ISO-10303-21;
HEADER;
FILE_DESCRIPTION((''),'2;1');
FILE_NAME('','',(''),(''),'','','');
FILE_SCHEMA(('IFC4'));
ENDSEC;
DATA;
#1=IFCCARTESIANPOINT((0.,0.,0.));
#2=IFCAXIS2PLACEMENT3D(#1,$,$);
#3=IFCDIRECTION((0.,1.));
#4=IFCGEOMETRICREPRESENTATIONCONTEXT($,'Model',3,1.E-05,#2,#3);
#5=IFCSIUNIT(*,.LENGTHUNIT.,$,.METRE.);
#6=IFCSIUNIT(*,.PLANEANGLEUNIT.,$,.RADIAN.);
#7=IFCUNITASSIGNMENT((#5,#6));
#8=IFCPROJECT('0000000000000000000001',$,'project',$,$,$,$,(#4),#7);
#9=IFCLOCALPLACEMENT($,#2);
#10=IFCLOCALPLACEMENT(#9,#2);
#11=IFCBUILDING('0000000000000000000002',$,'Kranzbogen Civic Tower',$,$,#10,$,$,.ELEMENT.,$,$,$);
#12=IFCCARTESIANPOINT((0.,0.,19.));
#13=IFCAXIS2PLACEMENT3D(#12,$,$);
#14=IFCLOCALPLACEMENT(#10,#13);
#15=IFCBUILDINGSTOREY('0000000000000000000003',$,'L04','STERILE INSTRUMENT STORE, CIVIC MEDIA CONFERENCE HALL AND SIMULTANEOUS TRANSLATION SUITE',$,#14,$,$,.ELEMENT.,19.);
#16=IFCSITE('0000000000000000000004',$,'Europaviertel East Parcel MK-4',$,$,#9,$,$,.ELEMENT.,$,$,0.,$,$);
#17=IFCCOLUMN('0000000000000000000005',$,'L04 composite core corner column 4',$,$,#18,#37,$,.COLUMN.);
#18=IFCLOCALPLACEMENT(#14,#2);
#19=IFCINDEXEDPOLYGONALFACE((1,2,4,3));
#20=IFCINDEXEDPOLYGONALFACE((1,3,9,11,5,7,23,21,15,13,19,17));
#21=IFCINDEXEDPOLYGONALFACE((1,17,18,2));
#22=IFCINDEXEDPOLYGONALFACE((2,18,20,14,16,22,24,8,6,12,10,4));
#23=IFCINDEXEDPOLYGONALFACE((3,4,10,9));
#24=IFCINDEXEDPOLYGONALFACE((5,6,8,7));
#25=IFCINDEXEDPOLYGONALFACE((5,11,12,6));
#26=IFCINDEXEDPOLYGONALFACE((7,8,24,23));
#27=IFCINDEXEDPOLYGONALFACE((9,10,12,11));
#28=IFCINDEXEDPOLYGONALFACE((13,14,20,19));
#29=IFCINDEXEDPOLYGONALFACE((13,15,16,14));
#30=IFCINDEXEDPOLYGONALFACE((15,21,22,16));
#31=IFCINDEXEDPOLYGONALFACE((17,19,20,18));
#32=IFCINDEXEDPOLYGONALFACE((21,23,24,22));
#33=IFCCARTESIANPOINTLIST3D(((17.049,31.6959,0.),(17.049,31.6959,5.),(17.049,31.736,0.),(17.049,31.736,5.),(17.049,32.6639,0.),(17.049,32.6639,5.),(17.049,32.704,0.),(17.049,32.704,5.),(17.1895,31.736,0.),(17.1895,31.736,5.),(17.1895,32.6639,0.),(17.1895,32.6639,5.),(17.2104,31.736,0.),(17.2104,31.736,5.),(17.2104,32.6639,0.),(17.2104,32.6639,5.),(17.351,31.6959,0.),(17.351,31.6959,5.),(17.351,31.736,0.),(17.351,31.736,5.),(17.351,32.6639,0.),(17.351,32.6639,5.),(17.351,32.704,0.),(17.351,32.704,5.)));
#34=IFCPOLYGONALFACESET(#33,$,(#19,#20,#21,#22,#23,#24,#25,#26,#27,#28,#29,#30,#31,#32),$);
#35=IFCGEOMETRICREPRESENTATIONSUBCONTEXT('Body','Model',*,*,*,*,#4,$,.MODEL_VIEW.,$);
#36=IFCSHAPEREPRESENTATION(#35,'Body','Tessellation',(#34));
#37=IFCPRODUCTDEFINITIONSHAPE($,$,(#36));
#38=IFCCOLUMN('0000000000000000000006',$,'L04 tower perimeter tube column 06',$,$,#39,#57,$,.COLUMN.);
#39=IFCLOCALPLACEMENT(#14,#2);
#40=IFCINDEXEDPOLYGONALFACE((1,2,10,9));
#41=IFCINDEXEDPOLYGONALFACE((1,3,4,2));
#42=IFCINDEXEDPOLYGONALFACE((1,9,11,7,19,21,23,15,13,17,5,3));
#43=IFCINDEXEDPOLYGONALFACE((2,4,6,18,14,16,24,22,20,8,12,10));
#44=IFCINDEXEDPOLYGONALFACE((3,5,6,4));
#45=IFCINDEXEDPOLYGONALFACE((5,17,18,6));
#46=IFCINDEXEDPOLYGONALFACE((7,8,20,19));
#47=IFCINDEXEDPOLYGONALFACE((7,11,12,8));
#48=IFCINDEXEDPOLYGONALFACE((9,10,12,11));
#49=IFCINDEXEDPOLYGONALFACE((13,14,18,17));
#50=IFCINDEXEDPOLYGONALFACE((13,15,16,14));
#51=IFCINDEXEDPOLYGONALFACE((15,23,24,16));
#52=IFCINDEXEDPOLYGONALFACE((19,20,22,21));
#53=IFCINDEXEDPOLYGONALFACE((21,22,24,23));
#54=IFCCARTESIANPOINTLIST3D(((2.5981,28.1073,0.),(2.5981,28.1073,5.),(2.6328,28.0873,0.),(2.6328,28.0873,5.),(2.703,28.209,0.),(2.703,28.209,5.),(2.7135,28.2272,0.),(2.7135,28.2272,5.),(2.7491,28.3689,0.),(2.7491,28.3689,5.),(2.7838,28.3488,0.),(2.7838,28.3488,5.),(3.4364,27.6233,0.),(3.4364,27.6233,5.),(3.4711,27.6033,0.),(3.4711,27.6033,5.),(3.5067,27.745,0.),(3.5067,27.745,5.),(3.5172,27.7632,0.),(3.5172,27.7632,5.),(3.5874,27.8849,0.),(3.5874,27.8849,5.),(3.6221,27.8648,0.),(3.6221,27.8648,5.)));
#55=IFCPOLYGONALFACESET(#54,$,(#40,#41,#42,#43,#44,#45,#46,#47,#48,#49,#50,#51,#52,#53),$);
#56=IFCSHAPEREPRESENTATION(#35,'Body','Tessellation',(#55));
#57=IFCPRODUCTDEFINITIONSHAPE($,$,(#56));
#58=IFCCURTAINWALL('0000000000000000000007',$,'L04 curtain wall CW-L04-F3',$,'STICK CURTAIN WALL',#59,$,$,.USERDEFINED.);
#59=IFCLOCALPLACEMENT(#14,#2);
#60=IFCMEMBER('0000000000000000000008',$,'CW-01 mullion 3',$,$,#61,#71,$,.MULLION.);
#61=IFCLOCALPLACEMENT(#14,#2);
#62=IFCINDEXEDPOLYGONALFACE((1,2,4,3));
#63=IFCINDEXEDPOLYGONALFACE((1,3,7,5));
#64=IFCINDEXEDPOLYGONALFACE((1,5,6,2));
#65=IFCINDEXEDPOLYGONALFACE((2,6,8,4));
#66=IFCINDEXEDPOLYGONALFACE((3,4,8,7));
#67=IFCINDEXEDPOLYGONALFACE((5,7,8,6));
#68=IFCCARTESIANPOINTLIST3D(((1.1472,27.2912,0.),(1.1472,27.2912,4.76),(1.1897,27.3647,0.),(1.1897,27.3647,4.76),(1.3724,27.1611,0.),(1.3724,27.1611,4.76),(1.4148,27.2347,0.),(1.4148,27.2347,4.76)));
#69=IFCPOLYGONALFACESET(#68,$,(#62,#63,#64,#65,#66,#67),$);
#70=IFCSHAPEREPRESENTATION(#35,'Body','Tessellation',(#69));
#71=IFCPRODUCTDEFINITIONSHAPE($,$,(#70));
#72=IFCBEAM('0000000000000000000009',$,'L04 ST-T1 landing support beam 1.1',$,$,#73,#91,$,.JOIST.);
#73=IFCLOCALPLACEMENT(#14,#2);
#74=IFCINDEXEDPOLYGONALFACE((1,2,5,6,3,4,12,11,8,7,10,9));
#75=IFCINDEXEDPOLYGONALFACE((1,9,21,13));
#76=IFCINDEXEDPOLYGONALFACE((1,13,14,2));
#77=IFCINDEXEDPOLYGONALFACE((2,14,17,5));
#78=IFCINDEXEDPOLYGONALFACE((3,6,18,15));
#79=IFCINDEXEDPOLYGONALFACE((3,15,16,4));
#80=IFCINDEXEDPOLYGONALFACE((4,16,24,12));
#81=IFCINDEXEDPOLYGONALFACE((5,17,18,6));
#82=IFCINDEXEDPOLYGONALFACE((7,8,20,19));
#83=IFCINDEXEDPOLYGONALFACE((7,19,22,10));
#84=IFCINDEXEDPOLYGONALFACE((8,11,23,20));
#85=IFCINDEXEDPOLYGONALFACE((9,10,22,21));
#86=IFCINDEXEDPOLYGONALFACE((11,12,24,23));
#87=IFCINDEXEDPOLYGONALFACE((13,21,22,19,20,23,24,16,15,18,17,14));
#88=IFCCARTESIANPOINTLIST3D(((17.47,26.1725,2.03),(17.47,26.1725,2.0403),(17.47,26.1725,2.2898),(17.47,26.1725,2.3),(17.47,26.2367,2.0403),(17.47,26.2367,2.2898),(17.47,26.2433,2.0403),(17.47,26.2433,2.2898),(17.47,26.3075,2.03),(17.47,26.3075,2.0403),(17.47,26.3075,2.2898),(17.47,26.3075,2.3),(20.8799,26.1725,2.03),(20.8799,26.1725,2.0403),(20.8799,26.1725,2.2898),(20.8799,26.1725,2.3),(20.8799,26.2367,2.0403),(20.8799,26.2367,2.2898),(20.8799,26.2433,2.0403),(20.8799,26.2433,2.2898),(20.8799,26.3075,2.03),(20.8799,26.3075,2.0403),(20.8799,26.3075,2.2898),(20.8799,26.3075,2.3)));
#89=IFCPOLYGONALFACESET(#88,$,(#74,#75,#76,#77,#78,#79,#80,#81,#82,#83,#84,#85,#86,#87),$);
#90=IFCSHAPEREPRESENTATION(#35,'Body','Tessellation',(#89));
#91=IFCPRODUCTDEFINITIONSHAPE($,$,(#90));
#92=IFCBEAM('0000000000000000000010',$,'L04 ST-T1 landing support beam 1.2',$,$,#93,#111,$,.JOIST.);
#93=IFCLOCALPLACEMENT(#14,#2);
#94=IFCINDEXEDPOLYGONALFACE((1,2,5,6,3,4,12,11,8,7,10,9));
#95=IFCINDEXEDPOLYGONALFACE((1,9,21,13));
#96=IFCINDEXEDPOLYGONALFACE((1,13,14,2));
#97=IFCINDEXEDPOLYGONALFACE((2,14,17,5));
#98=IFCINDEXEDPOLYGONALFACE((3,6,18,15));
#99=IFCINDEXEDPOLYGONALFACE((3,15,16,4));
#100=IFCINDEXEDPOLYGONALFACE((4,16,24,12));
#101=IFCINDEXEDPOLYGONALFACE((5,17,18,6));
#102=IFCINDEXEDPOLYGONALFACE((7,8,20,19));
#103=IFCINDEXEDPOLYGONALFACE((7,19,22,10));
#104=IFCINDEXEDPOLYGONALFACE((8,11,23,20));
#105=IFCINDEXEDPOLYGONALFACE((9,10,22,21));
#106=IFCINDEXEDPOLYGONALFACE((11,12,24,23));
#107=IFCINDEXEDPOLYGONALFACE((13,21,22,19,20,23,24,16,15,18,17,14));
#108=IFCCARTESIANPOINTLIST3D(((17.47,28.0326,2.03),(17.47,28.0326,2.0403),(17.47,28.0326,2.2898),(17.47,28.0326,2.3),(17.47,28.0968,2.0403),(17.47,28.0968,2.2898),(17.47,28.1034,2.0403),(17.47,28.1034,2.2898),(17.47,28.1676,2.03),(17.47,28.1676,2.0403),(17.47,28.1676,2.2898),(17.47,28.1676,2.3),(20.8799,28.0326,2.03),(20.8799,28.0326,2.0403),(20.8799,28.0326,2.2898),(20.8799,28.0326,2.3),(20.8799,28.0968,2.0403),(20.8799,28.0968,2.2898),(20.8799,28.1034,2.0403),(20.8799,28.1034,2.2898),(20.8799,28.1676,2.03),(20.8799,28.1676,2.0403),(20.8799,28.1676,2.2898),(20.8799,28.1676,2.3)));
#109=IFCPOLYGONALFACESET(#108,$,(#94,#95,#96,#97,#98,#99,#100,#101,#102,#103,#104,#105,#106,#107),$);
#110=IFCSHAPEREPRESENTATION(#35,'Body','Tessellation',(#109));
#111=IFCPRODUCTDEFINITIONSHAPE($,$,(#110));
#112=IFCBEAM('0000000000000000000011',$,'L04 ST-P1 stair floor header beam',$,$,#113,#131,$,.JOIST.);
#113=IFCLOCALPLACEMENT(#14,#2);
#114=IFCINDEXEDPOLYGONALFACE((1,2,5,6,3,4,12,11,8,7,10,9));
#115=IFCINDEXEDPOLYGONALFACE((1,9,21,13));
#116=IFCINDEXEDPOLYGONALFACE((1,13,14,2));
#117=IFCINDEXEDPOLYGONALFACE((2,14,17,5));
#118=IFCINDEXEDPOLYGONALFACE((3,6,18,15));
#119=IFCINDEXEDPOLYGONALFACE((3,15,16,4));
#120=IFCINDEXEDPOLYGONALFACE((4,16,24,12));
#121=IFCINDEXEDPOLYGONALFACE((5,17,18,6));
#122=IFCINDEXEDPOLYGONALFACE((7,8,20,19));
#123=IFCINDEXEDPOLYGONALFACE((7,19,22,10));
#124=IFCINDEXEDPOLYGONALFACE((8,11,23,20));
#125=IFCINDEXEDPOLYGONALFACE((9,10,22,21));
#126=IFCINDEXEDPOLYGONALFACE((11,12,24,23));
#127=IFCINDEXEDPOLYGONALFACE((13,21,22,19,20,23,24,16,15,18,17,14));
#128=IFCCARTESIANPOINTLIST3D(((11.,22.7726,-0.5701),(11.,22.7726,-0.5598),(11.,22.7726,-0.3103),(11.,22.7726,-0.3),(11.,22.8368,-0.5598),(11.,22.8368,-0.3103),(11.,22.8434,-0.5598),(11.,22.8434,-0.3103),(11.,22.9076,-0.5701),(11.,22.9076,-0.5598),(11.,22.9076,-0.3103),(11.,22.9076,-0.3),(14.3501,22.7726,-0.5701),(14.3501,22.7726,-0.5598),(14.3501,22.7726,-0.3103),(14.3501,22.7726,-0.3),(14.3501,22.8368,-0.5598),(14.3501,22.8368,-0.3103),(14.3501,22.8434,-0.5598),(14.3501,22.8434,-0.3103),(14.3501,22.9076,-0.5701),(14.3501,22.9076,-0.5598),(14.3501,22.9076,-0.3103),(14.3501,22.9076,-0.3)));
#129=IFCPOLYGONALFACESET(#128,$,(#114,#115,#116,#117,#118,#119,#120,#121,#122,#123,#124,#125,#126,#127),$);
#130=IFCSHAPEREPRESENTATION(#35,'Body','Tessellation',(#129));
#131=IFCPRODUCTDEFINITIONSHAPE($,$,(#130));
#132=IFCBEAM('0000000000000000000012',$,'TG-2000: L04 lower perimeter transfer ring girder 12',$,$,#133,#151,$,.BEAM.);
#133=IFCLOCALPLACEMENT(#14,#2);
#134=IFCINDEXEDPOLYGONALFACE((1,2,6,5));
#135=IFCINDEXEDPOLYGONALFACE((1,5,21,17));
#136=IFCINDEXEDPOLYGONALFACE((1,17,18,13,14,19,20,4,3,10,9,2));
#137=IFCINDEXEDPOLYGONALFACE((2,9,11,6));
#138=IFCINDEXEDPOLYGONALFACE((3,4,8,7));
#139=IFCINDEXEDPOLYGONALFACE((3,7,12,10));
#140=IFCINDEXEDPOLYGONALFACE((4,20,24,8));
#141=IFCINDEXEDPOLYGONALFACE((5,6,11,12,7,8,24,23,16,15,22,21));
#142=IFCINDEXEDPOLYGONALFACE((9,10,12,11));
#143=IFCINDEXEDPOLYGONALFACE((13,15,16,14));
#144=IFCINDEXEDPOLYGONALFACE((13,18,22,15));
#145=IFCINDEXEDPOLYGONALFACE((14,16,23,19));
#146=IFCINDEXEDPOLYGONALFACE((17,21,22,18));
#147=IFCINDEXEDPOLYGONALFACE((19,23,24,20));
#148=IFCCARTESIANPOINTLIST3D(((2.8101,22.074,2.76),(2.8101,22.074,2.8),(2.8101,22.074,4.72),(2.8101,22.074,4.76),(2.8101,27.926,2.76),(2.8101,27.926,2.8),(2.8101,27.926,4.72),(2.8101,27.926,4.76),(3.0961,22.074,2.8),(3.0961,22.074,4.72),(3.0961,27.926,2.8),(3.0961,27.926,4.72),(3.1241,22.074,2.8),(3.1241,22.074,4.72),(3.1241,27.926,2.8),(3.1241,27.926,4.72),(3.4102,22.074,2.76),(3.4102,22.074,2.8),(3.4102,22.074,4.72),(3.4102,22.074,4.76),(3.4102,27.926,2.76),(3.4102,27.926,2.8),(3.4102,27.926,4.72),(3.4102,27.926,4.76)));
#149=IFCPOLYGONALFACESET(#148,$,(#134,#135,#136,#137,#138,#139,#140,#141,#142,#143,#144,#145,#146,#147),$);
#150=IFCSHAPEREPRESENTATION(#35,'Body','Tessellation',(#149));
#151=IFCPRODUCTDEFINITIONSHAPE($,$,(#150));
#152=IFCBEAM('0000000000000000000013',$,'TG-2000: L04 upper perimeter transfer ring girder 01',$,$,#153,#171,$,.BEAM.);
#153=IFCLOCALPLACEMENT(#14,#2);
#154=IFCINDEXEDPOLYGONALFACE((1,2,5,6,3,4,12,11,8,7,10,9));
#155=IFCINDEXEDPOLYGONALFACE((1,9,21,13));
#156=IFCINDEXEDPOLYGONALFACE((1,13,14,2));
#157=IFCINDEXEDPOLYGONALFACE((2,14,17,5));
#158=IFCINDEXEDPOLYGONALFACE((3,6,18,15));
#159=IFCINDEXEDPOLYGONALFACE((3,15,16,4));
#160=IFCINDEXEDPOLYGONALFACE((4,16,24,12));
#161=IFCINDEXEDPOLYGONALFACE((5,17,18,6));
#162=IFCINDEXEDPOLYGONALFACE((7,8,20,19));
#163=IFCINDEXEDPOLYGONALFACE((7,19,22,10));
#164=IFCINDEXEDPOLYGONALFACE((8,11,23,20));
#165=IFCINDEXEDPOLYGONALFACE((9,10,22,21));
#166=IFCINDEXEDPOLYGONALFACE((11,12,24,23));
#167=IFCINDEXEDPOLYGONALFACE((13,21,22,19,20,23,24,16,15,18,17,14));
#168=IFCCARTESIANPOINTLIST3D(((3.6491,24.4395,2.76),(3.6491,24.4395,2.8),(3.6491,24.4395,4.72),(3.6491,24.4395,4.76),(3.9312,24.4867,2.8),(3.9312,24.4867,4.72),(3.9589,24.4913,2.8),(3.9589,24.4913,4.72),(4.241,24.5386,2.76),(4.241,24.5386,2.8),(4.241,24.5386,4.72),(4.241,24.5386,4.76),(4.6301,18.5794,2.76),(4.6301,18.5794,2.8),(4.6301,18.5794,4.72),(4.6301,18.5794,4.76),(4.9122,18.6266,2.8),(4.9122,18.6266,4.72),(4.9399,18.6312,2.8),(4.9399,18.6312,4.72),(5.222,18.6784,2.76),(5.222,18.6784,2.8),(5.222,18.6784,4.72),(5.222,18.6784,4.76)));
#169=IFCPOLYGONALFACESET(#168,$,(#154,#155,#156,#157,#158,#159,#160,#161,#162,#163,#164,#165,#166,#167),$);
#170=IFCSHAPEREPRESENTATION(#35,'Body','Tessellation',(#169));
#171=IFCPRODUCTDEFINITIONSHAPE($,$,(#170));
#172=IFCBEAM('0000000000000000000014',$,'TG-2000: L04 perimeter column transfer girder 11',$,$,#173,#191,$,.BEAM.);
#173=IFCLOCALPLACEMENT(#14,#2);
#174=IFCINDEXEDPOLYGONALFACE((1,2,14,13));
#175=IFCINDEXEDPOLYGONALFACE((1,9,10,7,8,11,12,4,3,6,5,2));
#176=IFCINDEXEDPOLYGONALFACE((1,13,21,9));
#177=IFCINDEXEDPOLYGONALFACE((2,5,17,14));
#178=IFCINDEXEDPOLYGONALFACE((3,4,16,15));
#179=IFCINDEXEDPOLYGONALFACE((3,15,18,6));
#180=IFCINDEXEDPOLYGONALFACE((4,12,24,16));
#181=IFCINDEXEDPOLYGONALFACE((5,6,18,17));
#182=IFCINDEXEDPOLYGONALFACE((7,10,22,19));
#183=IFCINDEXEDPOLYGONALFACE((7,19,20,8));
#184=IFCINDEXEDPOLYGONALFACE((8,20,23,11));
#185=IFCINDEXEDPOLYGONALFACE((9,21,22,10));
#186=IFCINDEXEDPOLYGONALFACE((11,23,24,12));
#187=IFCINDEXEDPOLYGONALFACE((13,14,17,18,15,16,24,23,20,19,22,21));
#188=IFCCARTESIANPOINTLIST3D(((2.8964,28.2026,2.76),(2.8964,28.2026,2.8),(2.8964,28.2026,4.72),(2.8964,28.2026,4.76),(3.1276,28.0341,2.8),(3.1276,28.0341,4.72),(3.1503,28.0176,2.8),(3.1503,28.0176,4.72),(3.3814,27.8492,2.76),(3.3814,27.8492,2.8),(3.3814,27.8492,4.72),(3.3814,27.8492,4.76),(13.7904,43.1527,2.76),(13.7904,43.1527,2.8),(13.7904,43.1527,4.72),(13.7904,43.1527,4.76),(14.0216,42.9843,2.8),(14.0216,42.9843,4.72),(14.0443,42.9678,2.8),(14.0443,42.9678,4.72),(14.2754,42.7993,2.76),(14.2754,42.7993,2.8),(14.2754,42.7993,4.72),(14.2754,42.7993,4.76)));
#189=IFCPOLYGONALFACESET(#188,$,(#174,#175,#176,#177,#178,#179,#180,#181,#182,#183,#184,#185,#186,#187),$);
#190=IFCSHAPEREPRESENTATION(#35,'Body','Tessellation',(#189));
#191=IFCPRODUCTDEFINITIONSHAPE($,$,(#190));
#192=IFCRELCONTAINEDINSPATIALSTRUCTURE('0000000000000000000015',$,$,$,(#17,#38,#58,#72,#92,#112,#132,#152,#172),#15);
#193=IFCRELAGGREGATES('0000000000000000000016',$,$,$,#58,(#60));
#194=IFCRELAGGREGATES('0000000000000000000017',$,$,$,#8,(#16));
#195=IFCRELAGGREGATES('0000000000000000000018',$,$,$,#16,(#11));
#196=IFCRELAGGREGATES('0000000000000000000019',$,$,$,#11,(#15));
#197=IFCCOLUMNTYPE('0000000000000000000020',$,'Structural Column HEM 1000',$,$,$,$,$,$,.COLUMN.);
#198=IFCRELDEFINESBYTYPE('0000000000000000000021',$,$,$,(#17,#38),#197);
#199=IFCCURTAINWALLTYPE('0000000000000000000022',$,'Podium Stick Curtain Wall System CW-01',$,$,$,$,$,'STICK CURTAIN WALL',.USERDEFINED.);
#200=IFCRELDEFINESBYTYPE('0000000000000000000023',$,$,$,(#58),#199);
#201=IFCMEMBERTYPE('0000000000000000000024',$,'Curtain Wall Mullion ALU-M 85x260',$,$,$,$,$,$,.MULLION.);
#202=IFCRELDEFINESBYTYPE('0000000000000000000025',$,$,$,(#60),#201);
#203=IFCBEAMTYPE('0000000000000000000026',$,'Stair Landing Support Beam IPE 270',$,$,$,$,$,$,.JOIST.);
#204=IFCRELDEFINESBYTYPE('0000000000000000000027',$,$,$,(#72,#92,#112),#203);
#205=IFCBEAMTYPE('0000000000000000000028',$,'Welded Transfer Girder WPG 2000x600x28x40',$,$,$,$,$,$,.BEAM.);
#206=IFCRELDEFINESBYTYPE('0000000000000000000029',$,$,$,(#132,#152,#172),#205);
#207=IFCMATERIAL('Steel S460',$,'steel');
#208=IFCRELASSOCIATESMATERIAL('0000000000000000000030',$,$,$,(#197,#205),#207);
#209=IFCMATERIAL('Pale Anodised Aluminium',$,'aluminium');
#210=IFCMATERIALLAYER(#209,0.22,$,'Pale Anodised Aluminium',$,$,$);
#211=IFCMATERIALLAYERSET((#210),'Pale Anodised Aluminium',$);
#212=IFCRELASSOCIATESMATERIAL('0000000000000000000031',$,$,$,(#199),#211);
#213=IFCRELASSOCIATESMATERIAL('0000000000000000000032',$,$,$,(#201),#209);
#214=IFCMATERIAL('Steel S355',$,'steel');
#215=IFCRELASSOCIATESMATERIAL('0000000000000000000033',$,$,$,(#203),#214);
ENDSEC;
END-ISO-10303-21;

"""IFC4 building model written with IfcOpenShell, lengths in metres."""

from ifc_helpers import new_model, si_unit, direction, frame, origin, origin_2d, place, context, subcontext, project, spatial, rectangle, i_section, extrude, material, layer, layer_set, material_profile, profile_set, type_object, element, aggregate, save


model = new_model("IFC4")

# Units and contexts
model_context = context("Model", 3, precision=1e-05, world=origin(), true_north=direction((0.0, 1.0)))
body_context = subcontext(model_context, "Body", "Model", "MODEL_VIEW")
ifc_project = project(units=[si_unit("LENGTHUNIT", "METRE"), si_unit("PLANEANGLEUNIT", "RADIAN")], contexts=[model_context])

# Site, building, storey
site_placement = place(None, origin())
site = spatial("IfcSite", under=ifc_project, at=site_placement, Name="Europaviertel East Parcel MK-4", CompositionType="ELEMENT", RefElevation=0.0)
building_placement = place(site_placement, origin())
building = spatial("IfcBuilding", under=site, at=building_placement, Name="Kranzbogen Civic Tower", CompositionType="ELEMENT")
storey_placement = place(building_placement, frame((0.0, 0.0, 19.0)))
storey = spatial("IfcBuildingStorey", under=building, at=storey_placement, Name="L04", Description="STERILE INSTRUMENT STORE, CIVIC MEDIA CONFERENCE HALL AND SIMULTANEOUS TRANSLATION SUITE", CompositionType="ELEMENT", Elevation=19.0)

# Columns
ifc_material_1 = material(Name="Steel S460", Category="steel")
ifc_material_profile_1 = material_profile(ifc_material_1, i_section(OverallWidth=0.302, OverallDepth=1.0081, WebThickness=0.021, FlangeThickness=0.04, at=origin_2d()), Name="HEM 1000")
ifc_profile_set_1 = profile_set([ifc_material_profile_1], Name="Steel S460")
column_type = type_object("IfcColumnType", Name="Structural Column HEM 1000", PredefinedType="COLUMN", material=ifc_profile_set_1)
for number, where, z_axis, x_axis, name in (
    (1, (17.2, 32.2, 0.0), (0.0, 0.0, 1.0), (1.0, 0.0, 0.0), "L04 composite core corner column 4"),
    (2, (3.1101, 27.9861, 0.0), (0.0, 0.0, 1.0), (0.5, 0.866025, 0.0), "L04 tower perimeter tube column 06"),
):
    element("IfcColumn", number, at=place(storey_placement, frame(where, z_axis=z_axis, x_axis=x_axis)), inside=storey, type_object=column_type, Name=name, PredefinedType="COLUMN", context=body_context, shape_type="SweptSolid", body=[
        extrude(i_section(OverallWidth=0.302, OverallDepth=1.0081, WebThickness=0.021, FlangeThickness=0.04, at=origin_2d()), origin(), (0.0, 0.0, 1.0), 5.0),
    ])

# Curtain wall, member
ifc_material_2 = material(Name="Pale Anodised Aluminium", Category="aluminium")
ifc_layer_1 = layer(ifc_material_2, 0.22, Name="Pale Anodised Aluminium")
ifc_layer_set_1 = layer_set([ifc_layer_1], Name="Pale Anodised Aluminium")
curtain_wall_type = type_object("IfcCurtainWallType", Name="Podium Stick Curtain Wall System CW-01", ElementType="STICK CURTAIN WALL", PredefinedType="USERDEFINED", material=ifc_layer_set_1)
curtain_wall_placement = place(storey_placement, origin())
curtain_wall = element("IfcCurtainWall", 3, at=curtain_wall_placement, inside=storey, type_object=curtain_wall_type, Name="L04 curtain wall CW-L04-F3", ObjectType="STICK CURTAIN WALL", PredefinedType="USERDEFINED")
ifc_material_profile_2 = material_profile(ifc_material_2, rectangle(XDim=0.085, YDim=0.26, at=origin_2d()), Name="ALU-M 85x260")
ifc_profile_set_2 = profile_set([ifc_material_profile_2], Name="Pale Anodised Aluminium")
member_type = type_object("IfcMemberType", Name="Curtain Wall Mullion ALU-M 85x260", PredefinedType="MULLION", material=ifc_profile_set_2)
member_placement = place(storey_placement, frame((1.281, 27.2629, 0.0), z_axis=(0.0, 0.0, 1.0), x_axis=(-0.500006, -0.866022, 0.0)))
member = element("IfcMember", 4, at=member_placement, type_object=member_type, Name="CW-01 mullion 3", PredefinedType="MULLION", context=body_context, shape_type="SweptSolid", body=[
    extrude(rectangle(XDim=0.085, YDim=0.26, at=origin_2d()), origin(), (0.0, 0.0, 1.0), 4.76),
])

# Beams
ifc_material_3 = material(Name="Steel S355", Category="steel")
ifc_material_profile_3 = material_profile(ifc_material_3, i_section(OverallWidth=0.135, OverallDepth=0.27, WebThickness=0.0066, FlangeThickness=0.0103, at=origin_2d()), Name="IPE 270")
ifc_profile_set_3 = profile_set([ifc_material_profile_3], Name="Steel S355")
beam_type_1 = type_object("IfcBeamType", Name="Stair Landing Support Beam IPE 270", PredefinedType="JOIST", material=ifc_profile_set_3)
for number, where, z_axis, x_axis, name in (
    (5, (20.8799, 26.24, 2.165), (-1.0, 0.0, 0.0), (0.0, -1.0, 0.0), "L04 ST-T1 landing support beam 1.1"),
    (6, (20.8799, 28.1001, 2.165), (-1.0, 0.0, 0.0), (0.0, -1.0, 0.0), "L04 ST-T1 landing support beam 1.2"),
):
    element("IfcBeam", number, at=place(storey_placement, frame(where, z_axis=z_axis, x_axis=x_axis)), inside=storey, type_object=beam_type_1, Name=name, PredefinedType="JOIST", context=body_context, shape_type="SweptSolid", body=[
        extrude(i_section(OverallWidth=0.135, OverallDepth=0.27, WebThickness=0.0066, FlangeThickness=0.0103, at=origin_2d()), origin(), (0.0, 0.0, 1.0), 3.4099),
    ])
beam_1_placement = place(storey_placement, frame((14.3501, 22.8401, -0.4351), z_axis=(-1.0, 0.0, 0.0), x_axis=(0.0, -1.0, 0.0)))
element("IfcBeam", 7, at=beam_1_placement, inside=storey, type_object=beam_type_1, Name="L04 ST-P1 stair floor header beam", PredefinedType="JOIST", context=body_context, shape_type="SweptSolid", body=[
    extrude(i_section(OverallWidth=0.135, OverallDepth=0.27, WebThickness=0.0066, FlangeThickness=0.0103, at=origin_2d()), origin(), (0.0, 0.0, 1.0), 3.3501),
])
ifc_material_profile_4 = material_profile(ifc_material_1, i_section(OverallWidth=0.6001, OverallDepth=2.0, WebThickness=0.0281, FlangeThickness=0.04, at=origin_2d()), Name="WPG 2000x600x28x40")
ifc_profile_set_4 = profile_set([ifc_material_profile_4], Name="Steel S460")
beam_type_2 = type_object("IfcBeamType", Name="Welded Transfer Girder WPG 2000x600x28x40", PredefinedType="BEAM", material=ifc_profile_set_4)
beam_2_placement = place(storey_placement, frame((3.1101, 27.926, 3.76), z_axis=(0.0, -1.0, 0.0), x_axis=(1.0, 0.0, 0.0)))
element("IfcBeam", 8, at=beam_2_placement, inside=storey, type_object=beam_type_2, Name="TG-2000: L04 lower perimeter transfer ring girder 12", PredefinedType="BEAM", context=body_context, shape_type="SweptSolid", body=[
    extrude(i_section(OverallWidth=0.6001, OverallDepth=2.0, WebThickness=0.0281, FlangeThickness=0.04, at=origin_2d()), origin(), (0.0, 0.0, 1.0), 5.8521),
])
beam_3_placement = place(storey_placement, frame((3.9451, 24.489, 3.76), z_axis=(0.165099, -0.986277, 0.0), x_axis=(0.986277, 0.165099, 0.0)))
element("IfcBeam", 9, at=beam_3_placement, inside=storey, type_object=beam_type_2, Name="TG-2000: L04 upper perimeter transfer ring girder 01", PredefinedType="BEAM", context=body_context, shape_type="SweptSolid", body=[
    extrude(i_section(OverallWidth=0.6001, OverallDepth=2.0, WebThickness=0.0281, FlangeThickness=0.04, at=origin_2d()), origin(), (0.0, 0.0, 1.0), 5.9417),
])
beam_4_placement = place(storey_placement, frame((3.1389, 28.0259, 3.76), z_axis=(0.58892, 0.808191, 0.0), x_axis=(-0.808191, 0.58892, 0.0)))
element("IfcBeam", 10, at=beam_4_placement, inside=storey, type_object=beam_type_2, Name="TG-2000: L04 perimeter column transfer girder 11", PredefinedType="BEAM", context=body_context, shape_type="SweptSolid", body=[
    extrude(i_section(OverallWidth=0.6001, OverallDepth=2.0, WebThickness=0.0281, FlangeThickness=0.04, at=origin_2d()), origin(), (0.0, 0.0, 1.0), 18.4983),
])

aggregate(curtain_wall, [member])

save(model, "model.ifc")
